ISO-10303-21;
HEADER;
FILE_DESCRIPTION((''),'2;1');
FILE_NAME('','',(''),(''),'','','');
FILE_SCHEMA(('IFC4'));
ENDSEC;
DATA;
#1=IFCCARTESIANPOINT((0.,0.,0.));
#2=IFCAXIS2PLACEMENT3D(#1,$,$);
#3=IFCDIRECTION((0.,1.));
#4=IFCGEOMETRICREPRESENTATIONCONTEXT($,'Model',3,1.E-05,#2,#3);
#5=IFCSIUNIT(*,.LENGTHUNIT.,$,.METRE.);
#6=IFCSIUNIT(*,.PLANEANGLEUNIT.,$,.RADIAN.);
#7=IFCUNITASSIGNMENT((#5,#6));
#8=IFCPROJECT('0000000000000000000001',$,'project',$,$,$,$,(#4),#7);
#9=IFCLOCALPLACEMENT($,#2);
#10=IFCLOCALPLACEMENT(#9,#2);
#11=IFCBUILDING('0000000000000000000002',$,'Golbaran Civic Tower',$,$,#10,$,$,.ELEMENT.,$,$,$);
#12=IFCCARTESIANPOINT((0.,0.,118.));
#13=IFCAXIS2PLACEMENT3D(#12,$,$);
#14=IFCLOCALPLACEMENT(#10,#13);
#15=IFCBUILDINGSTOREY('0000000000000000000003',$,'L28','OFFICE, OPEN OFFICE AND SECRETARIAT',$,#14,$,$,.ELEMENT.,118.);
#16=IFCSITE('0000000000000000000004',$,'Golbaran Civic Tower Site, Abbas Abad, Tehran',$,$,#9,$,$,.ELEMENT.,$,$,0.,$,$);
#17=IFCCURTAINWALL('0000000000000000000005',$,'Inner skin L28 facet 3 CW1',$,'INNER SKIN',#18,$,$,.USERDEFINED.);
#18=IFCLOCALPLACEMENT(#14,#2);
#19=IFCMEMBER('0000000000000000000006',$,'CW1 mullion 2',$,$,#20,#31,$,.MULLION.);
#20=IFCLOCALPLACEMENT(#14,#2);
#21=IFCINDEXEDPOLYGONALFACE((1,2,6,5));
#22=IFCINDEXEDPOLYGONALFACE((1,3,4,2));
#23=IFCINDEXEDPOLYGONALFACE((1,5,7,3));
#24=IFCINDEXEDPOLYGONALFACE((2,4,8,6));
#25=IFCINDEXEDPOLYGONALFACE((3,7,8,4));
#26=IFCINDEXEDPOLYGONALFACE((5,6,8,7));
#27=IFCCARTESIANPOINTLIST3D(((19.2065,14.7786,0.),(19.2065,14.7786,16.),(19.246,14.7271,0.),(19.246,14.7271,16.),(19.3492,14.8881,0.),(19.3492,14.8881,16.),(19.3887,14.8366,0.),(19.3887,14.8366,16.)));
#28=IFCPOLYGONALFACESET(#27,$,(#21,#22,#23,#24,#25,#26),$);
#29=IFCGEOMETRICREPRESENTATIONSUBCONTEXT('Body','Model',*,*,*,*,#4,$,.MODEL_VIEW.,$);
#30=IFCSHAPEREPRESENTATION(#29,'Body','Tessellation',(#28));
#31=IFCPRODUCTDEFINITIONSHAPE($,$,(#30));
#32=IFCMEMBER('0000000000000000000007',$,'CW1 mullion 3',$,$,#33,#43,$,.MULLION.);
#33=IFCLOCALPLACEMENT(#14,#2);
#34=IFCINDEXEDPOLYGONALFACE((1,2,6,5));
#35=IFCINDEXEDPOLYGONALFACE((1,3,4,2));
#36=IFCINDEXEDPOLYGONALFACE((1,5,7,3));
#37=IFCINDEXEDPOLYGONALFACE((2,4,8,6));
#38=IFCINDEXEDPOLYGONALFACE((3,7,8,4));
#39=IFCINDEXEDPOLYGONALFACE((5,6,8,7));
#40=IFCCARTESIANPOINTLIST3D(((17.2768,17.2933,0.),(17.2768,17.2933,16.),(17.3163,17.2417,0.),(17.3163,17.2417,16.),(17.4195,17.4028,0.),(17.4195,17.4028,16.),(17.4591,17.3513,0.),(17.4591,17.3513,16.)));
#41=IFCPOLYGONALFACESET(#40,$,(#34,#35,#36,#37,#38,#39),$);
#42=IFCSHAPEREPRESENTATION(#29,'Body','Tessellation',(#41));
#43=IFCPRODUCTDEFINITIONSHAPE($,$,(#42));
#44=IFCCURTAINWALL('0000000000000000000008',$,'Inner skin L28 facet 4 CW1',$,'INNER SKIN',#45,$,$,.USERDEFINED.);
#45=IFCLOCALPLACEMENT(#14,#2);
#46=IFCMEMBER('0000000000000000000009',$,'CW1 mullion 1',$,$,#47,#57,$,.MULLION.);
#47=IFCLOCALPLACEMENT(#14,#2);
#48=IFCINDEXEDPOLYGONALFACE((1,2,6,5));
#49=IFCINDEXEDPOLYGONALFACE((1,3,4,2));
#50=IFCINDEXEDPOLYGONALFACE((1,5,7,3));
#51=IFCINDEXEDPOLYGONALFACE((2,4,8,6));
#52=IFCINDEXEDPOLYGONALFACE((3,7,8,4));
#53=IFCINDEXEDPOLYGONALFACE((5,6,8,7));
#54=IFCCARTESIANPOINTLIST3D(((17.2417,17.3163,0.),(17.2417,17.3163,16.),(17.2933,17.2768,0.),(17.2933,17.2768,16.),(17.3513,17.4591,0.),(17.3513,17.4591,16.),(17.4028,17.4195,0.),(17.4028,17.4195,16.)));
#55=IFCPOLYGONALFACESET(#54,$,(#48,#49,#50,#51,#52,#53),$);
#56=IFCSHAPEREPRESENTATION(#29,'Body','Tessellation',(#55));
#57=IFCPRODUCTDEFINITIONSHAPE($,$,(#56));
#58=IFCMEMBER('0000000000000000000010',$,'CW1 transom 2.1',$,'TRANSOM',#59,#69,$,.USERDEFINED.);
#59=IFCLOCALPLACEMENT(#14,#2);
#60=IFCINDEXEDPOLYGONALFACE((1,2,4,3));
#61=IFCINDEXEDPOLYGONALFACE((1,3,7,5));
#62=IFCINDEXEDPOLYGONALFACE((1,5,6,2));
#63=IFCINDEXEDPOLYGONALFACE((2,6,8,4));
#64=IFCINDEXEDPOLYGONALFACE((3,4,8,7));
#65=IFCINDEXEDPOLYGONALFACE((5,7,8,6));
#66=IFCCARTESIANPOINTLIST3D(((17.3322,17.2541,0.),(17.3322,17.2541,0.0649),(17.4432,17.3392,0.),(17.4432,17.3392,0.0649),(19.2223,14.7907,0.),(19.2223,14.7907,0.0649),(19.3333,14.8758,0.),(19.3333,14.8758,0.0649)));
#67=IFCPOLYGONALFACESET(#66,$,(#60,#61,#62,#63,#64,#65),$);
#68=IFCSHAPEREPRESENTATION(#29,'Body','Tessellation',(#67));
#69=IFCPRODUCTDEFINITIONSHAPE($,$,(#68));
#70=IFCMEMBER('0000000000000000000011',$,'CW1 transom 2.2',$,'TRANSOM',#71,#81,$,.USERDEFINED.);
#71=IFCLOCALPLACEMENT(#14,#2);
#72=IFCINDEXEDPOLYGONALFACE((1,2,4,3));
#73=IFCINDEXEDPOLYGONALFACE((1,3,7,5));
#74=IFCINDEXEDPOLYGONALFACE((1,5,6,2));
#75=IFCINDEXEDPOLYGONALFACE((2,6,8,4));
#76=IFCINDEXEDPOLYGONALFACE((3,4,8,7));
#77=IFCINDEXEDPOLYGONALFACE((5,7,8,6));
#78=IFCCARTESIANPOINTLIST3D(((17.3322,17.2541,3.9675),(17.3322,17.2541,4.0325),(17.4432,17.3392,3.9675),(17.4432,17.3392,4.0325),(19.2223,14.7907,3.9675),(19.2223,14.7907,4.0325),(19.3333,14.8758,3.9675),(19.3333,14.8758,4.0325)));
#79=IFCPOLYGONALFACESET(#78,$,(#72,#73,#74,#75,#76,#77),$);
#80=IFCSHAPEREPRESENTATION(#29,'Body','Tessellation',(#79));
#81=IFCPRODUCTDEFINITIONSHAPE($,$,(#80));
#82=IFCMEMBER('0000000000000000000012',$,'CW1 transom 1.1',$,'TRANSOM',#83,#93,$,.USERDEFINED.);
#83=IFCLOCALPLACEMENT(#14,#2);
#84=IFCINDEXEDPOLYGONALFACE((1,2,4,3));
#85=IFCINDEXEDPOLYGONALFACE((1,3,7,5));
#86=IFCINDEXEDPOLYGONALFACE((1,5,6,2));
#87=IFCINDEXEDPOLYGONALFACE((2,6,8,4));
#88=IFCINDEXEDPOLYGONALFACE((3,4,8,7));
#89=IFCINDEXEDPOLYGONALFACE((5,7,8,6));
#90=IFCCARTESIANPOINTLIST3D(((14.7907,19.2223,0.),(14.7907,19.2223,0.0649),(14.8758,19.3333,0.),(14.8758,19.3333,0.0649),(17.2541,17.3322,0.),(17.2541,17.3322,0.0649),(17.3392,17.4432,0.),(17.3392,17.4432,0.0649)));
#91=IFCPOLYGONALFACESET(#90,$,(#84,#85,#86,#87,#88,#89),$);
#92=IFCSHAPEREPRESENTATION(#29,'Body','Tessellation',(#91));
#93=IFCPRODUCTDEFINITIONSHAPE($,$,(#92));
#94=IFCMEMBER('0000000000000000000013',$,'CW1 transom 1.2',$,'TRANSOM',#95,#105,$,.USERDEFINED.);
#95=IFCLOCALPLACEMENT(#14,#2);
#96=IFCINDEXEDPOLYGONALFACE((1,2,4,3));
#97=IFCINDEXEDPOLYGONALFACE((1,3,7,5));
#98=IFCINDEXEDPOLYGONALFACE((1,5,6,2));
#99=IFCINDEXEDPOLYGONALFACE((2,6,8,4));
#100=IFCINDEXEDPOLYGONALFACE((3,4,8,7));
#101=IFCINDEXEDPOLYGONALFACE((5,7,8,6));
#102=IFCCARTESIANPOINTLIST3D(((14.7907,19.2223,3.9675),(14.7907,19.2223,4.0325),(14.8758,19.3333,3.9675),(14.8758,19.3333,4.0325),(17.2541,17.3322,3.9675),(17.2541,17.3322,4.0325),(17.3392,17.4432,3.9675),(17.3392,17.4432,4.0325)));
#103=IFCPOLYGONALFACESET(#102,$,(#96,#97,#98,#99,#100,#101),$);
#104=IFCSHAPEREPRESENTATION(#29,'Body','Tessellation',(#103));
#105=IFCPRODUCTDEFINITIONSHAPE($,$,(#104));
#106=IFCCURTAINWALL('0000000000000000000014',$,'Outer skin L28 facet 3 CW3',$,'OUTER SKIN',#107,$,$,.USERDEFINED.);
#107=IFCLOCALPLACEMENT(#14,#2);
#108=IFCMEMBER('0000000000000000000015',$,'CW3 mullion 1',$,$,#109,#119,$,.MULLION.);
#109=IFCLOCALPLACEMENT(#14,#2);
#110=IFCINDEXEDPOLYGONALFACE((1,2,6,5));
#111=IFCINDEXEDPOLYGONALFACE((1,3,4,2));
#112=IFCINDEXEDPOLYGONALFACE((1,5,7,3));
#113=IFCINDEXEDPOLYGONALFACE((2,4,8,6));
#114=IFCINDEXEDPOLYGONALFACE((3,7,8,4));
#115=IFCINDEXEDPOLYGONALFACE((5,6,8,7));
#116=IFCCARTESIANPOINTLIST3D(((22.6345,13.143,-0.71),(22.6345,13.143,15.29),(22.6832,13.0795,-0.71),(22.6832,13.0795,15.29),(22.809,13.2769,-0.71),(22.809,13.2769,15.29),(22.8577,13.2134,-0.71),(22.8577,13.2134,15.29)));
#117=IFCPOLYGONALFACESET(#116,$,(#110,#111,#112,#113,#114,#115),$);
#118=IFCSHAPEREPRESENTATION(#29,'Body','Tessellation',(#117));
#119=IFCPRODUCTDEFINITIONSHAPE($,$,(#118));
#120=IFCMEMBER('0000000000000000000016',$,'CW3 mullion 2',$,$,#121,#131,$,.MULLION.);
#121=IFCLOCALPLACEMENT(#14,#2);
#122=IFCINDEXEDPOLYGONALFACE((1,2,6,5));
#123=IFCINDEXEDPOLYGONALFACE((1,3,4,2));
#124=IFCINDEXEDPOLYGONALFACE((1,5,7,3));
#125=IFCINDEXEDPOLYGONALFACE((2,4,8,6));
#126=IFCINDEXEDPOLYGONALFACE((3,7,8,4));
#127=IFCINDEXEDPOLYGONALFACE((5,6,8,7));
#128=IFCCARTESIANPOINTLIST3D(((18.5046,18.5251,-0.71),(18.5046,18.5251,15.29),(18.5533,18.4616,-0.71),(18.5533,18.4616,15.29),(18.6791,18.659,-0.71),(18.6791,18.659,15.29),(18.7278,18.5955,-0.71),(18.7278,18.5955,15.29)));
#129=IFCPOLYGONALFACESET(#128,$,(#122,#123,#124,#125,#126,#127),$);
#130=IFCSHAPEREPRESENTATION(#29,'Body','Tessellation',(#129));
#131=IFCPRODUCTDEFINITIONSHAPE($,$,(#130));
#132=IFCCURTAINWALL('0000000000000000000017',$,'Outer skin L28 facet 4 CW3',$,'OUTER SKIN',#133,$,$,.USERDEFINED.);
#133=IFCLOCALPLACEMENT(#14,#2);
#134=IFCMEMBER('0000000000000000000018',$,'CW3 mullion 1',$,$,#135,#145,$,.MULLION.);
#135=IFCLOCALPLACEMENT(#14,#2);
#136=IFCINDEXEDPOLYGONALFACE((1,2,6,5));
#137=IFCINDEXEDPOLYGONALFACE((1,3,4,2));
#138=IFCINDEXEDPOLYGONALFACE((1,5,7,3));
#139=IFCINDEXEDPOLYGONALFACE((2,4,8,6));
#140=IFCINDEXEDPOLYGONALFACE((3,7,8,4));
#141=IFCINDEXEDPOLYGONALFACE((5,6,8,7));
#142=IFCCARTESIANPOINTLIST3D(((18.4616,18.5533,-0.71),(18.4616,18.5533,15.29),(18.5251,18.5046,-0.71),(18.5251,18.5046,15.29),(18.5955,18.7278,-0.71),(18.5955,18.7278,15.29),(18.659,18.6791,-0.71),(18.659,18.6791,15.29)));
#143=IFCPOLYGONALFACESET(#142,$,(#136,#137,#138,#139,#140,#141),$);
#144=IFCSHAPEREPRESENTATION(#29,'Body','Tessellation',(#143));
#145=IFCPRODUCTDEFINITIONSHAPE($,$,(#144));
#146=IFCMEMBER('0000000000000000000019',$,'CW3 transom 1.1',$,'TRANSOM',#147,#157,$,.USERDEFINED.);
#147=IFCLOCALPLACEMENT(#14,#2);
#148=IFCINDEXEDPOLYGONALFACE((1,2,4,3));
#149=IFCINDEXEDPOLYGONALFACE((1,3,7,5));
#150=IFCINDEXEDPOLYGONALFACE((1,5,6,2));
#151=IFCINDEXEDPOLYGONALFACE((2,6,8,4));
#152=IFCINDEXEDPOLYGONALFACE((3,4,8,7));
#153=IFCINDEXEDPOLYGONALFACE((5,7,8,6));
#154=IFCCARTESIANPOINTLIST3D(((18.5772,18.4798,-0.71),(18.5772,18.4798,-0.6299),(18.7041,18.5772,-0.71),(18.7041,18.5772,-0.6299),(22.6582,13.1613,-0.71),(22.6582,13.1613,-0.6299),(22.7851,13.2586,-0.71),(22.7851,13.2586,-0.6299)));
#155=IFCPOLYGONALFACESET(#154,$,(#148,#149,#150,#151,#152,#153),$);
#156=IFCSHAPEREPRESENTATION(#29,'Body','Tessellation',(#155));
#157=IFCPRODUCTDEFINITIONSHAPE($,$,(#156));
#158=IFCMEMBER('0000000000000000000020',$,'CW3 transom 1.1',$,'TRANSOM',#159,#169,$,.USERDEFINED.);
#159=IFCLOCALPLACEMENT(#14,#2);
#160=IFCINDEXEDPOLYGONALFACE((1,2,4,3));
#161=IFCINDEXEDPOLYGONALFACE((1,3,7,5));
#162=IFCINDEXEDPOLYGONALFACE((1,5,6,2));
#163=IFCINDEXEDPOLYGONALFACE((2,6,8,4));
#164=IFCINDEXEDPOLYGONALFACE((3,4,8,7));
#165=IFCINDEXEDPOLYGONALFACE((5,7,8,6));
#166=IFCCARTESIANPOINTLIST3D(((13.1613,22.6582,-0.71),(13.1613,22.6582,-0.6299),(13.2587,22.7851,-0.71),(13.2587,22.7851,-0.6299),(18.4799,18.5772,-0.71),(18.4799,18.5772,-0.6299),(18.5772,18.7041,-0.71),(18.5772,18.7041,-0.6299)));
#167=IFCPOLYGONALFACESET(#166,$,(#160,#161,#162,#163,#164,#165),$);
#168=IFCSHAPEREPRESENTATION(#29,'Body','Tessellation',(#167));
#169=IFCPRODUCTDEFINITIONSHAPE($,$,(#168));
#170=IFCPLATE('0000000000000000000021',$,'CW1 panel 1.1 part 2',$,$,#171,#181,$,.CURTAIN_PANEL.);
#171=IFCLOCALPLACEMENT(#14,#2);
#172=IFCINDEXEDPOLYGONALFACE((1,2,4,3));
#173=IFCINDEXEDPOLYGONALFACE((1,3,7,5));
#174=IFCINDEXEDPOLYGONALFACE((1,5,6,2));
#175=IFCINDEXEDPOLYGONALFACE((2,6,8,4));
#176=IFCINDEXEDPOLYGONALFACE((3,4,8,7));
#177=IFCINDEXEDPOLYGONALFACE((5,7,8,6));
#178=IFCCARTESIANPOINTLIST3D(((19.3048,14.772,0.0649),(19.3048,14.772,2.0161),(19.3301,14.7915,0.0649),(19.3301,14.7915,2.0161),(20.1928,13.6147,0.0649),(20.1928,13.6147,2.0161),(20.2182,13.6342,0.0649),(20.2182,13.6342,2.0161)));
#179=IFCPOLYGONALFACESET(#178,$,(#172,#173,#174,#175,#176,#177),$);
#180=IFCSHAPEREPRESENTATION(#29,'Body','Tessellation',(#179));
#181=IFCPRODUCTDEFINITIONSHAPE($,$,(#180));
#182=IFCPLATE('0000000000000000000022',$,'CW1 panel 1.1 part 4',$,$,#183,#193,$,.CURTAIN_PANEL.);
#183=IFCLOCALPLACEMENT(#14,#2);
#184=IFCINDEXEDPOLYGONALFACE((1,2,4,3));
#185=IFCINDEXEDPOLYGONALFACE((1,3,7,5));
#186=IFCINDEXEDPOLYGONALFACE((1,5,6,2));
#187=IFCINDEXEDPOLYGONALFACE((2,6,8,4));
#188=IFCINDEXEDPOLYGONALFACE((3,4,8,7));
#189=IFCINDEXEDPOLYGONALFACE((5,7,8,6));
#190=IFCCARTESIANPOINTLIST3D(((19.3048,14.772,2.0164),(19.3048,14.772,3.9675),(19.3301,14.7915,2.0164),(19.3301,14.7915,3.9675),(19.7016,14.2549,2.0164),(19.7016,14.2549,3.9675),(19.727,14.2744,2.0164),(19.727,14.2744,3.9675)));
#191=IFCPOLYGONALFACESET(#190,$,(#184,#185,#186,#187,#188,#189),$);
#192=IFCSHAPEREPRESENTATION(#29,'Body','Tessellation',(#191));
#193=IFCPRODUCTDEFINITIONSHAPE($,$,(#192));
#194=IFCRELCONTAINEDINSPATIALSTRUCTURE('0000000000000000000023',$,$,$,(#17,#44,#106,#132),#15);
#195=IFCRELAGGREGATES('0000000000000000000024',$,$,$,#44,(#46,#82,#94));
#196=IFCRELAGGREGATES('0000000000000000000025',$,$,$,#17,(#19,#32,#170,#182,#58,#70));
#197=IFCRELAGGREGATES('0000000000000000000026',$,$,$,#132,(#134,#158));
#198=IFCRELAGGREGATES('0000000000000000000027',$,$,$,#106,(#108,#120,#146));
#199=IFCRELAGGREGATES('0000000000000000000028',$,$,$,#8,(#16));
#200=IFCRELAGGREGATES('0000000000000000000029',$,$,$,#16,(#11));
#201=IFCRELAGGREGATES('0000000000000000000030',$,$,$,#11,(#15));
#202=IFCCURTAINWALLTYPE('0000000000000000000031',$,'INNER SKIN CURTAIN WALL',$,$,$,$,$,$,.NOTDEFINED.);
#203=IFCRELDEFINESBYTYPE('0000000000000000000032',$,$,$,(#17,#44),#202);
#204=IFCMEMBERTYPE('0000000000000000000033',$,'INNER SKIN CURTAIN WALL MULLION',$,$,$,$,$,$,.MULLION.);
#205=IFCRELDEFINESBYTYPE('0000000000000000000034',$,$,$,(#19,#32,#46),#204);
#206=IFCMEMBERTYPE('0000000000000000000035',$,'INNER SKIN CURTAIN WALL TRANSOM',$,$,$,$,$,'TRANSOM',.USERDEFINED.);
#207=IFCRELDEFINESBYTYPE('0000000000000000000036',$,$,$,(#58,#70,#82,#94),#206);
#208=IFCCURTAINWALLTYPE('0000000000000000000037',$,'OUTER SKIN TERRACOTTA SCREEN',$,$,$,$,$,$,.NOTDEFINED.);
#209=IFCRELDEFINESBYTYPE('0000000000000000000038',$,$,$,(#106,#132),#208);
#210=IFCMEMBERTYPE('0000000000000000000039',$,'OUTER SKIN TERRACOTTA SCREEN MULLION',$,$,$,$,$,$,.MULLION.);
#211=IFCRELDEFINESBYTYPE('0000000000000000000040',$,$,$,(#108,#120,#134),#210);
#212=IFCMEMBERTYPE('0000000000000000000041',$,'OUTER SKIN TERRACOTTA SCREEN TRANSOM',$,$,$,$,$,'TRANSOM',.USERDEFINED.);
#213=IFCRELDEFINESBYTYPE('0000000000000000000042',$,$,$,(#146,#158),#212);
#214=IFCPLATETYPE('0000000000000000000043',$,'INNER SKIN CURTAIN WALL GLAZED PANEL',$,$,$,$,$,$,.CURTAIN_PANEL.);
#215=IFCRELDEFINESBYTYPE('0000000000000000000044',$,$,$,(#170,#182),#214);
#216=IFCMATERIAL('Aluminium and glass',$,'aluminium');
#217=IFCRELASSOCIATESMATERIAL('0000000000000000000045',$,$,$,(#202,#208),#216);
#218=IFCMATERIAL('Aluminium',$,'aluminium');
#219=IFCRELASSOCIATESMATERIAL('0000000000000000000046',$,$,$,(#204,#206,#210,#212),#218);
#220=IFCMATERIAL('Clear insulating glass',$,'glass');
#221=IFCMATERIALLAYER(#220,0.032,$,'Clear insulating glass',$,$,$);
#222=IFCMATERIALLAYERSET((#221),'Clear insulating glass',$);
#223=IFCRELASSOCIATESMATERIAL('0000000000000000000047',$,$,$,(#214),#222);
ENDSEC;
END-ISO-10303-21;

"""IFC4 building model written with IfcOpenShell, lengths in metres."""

from ifc_helpers import new_model, si_unit, direction, frame, origin, origin_2d, place, context, subcontext, project, spatial, rectangle, extrude, material, layer, layer_set, material_profile, profile_set, type_object, element, aggregate, save


model = new_model("IFC4")

# Units and contexts
model_context = context("Model", 3, precision=1e-05, world=origin(), true_north=direction((0.0, 1.0)))
body_context = subcontext(model_context, "Body", "Model", "MODEL_VIEW")
ifc_project = project(units=[si_unit("LENGTHUNIT", "METRE"), si_unit("PLANEANGLEUNIT", "RADIAN")], contexts=[model_context])

# Site, building, storey
site_placement = place(None, origin())
site = spatial("IfcSite", under=ifc_project, at=site_placement, Name="Golbaran Civic Tower Site, Abbas Abad, Tehran", CompositionType="ELEMENT", RefElevation=0.0)
building_placement = place(site_placement, origin())
building = spatial("IfcBuilding", under=site, at=building_placement, Name="Golbaran Civic Tower", CompositionType="ELEMENT")
storey_placement = place(building_placement, frame((0.0, 0.0, 118.0)))
storey = spatial("IfcBuildingStorey", under=building, at=storey_placement, Name="L28", Description="OFFICE, OPEN OFFICE AND SECRETARIAT", CompositionType="ELEMENT", Elevation=118.0)

# Curtain wall, members
ifc_material_1 = material(Name="Aluminium and glass", Category="aluminium")
curtain_wall_type_1 = type_object("IfcCurtainWallType", Name="INNER SKIN CURTAIN WALL", PredefinedType="NOTDEFINED", material=ifc_material_1)
curtain_wall_1_placement = place(storey_placement, origin())
curtain_wall_1 = element("IfcCurtainWall", 1, at=curtain_wall_1_placement, inside=storey, type_object=curtain_wall_type_1, Name="Inner skin L28 facet 3 CW1", ObjectType="INNER SKIN", PredefinedType="USERDEFINED")
ifc_material_2 = material(Name="Aluminium", Category="aluminium")
ifc_material_profile_1 = material_profile(ifc_material_2, rectangle(XDim=0.1799, YDim=0.0649, at=origin_2d()), Name="INNER SKIN CURTAIN WALL MULLION")
ifc_profile_set_1 = profile_set([ifc_material_profile_1], Name="Aluminium")
member_type_1 = type_object("IfcMemberType", Name="INNER SKIN CURTAIN WALL MULLION", PredefinedType="MULLION", material=ifc_profile_set_1)
member_1_placement = place(storey_placement, frame((19.2976, 14.8076, 0.0), z_axis=(0.0, 0.0, 1.0), x_axis=(-0.793353, -0.608761, 0.0)))
member_1 = element("IfcMember", 2, at=member_1_placement, type_object=member_type_1, Name="CW1 mullion 2", PredefinedType="MULLION", context=body_context, shape_type="SweptSolid", body=[
    extrude(rectangle(XDim=0.1799, YDim=0.0649, at=origin_2d()), origin(), (0.0, 0.0, 1.0), 16.0),
])
member_2_placement = place(storey_placement, frame((17.3679, 17.3223, 0.0), z_axis=(0.0, 0.0, 1.0), x_axis=(-0.793353, -0.608761, 0.0)))
member_2 = element("IfcMember", 3, at=member_2_placement, type_object=member_type_1, Name="CW1 mullion 3", PredefinedType="MULLION", context=body_context, shape_type="SweptSolid", body=[
    extrude(rectangle(XDim=0.1799, YDim=0.0649, at=origin_2d()), origin(), (0.0, 0.0, 1.0), 16.0),
])

# Curtain wall, member
curtain_wall_2_placement = place(storey_placement, origin())
curtain_wall_2 = element("IfcCurtainWall", 4, at=curtain_wall_2_placement, inside=storey, type_object=curtain_wall_type_1, Name="Inner skin L28 facet 4 CW1", ObjectType="INNER SKIN", PredefinedType="USERDEFINED")
member_3_placement = place(storey_placement, frame((17.3223, 17.3679, 0.0), z_axis=(0.0, 0.0, 1.0), x_axis=(-0.608761, -0.793353, 0.0)))
member_3 = element("IfcMember", 5, at=member_3_placement, type_object=member_type_1, Name="CW1 mullion 1", PredefinedType="MULLION", context=body_context, shape_type="SweptSolid", body=[
    extrude(rectangle(XDim=0.1799, YDim=0.0649, at=origin_2d()), origin(), (0.0, 0.0, 1.0), 16.0),
])

# Members
ifc_material_profile_2 = material_profile(ifc_material_2, rectangle(XDim=0.1399, YDim=0.0649, at=origin_2d()), Name="INNER SKIN CURTAIN WALL TRANSOM")
ifc_profile_set_2 = profile_set([ifc_material_profile_2], Name="Aluminium")
member_type_2 = type_object("IfcMemberType", Name="INNER SKIN CURTAIN WALL TRANSOM", ElementType="TRANSOM", PredefinedType="USERDEFINED", material=ifc_profile_set_2)
member_4_placement = place(storey_placement, frame((19.2778, 14.8333, 0.0325), z_axis=(-0.608745, 0.793366, 0.0), x_axis=(-0.793366, -0.608745, 0.0)))
member_4 = element("IfcMember", 6, at=member_4_placement, type_object=member_type_2, Name="CW1 transom 2.1", ObjectType="TRANSOM", PredefinedType="USERDEFINED", context=body_context, shape_type="SweptSolid", body=[
    extrude(rectangle(XDim=0.1399, YDim=0.0649, at=origin_2d()), origin(), (0.0, 0.0, 1.0), 3.105),
])
member_5_placement = place(storey_placement, frame((19.2778, 14.8333, 4.0), z_axis=(-0.608745, 0.793366, 0.0), x_axis=(-0.793366, -0.608745, 0.0)))
member_5 = element("IfcMember", 7, at=member_5_placement, type_object=member_type_2, Name="CW1 transom 2.2", ObjectType="TRANSOM", PredefinedType="USERDEFINED", context=body_context, shape_type="SweptSolid", body=[
    extrude(rectangle(XDim=0.1399, YDim=0.0649, at=origin_2d()), origin(), (0.0, 0.0, 1.0), 3.105),
])
member_6_placement = place(storey_placement, frame((17.2966, 17.3877, 0.0325), z_axis=(-0.793366, 0.608745, 0.0), x_axis=(-0.608745, -0.793366, 0.0)))
member_6 = element("IfcMember", 8, at=member_6_placement, type_object=member_type_2, Name="CW1 transom 1.1", ObjectType="TRANSOM", PredefinedType="USERDEFINED", context=body_context, shape_type="SweptSolid", body=[
    extrude(rectangle(XDim=0.1399, YDim=0.0649, at=origin_2d()), origin(), (0.0, 0.0, 1.0), 3.105),
])
member_7_placement = place(storey_placement, frame((17.2966, 17.3877, 4.0), z_axis=(-0.793366, 0.608745, 0.0), x_axis=(-0.608745, -0.793366, 0.0)))
member_7 = element("IfcMember", 9, at=member_7_placement, type_object=member_type_2, Name="CW1 transom 1.2", ObjectType="TRANSOM", PredefinedType="USERDEFINED", context=body_context, shape_type="SweptSolid", body=[
    extrude(rectangle(XDim=0.1399, YDim=0.0649, at=origin_2d()), origin(), (0.0, 0.0, 1.0), 3.105),
])
aggregate(curtain_wall_2, [member_3, member_6, member_7])

# Curtain wall, members
curtain_wall_type_2 = type_object("IfcCurtainWallType", Name="OUTER SKIN TERRACOTTA SCREEN", PredefinedType="NOTDEFINED", material=ifc_material_1)
curtain_wall_3_placement = place(storey_placement, origin())
curtain_wall_3 = element("IfcCurtainWall", 10, at=curtain_wall_3_placement, inside=storey, type_object=curtain_wall_type_2, Name="Outer skin L28 facet 3 CW3", ObjectType="OUTER SKIN", PredefinedType="USERDEFINED")
ifc_material_profile_3 = material_profile(ifc_material_2, rectangle(XDim=0.22, YDim=0.0801, at=origin_2d()), Name="OUTER SKIN TERRACOTTA SCREEN MULLION")
ifc_profile_set_3 = profile_set([ifc_material_profile_3], Name="Aluminium")
member_type_3 = type_object("IfcMemberType", Name="OUTER SKIN TERRACOTTA SCREEN MULLION", PredefinedType="MULLION", material=ifc_profile_set_3)
member_8_placement = place(storey_placement, frame((22.7461, 13.1782, -0.71), z_axis=(0.0, 0.0, 1.0), x_axis=(-0.793353, -0.608761, 0.0)))
member_8 = element("IfcMember", 11, at=member_8_placement, type_object=member_type_3, Name="CW3 mullion 1", PredefinedType="MULLION", context=body_context, shape_type="SweptSolid", body=[
    extrude(rectangle(XDim=0.22, YDim=0.0801, at=origin_2d()), origin(), (0.0, 0.0, 1.0), 16.0),
])
member_9_placement = place(storey_placement, frame((18.6162, 18.5603, -0.71), z_axis=(0.0, 0.0, 1.0), x_axis=(-0.793353, -0.608761, 0.0)))
member_9 = element("IfcMember", 12, at=member_9_placement, type_object=member_type_3, Name="CW3 mullion 2", PredefinedType="MULLION", context=body_context, shape_type="SweptSolid", body=[
    extrude(rectangle(XDim=0.22, YDim=0.0801, at=origin_2d()), origin(), (0.0, 0.0, 1.0), 16.0),
])

# Curtain wall, member
curtain_wall_4_placement = place(storey_placement, origin())
curtain_wall_4 = element("IfcCurtainWall", 13, at=curtain_wall_4_placement, inside=storey, type_object=curtain_wall_type_2, Name="Outer skin L28 facet 4 CW3", ObjectType="OUTER SKIN", PredefinedType="USERDEFINED")
member_10_placement = place(storey_placement, frame((18.5603, 18.6162, -0.71), z_axis=(0.0, 0.0, 1.0), x_axis=(-0.608761, -0.793353, 0.0)))
member_10 = element("IfcMember", 14, at=member_10_placement, type_object=member_type_3, Name="CW3 mullion 1", PredefinedType="MULLION", context=body_context, shape_type="SweptSolid", body=[
    extrude(rectangle(XDim=0.22, YDim=0.0801, at=origin_2d()), origin(), (0.0, 0.0, 1.0), 16.0),
])

# Members
ifc_material_profile_4 = material_profile(ifc_material_2, rectangle(XDim=0.1599, YDim=0.0801, at=origin_2d()), Name="OUTER SKIN TERRACOTTA SCREEN TRANSOM")
ifc_profile_set_4 = profile_set([ifc_material_profile_4], Name="Aluminium")
member_type_4 = type_object("IfcMemberType", Name="OUTER SKIN TERRACOTTA SCREEN TRANSOM", ElementType="TRANSOM", PredefinedType="USERDEFINED", material=ifc_profile_set_4)
member_11_placement = place(storey_placement, frame((22.7217, 13.21, -0.6699), z_axis=(-0.608756, 0.793357, 0.0), x_axis=(-0.793357, -0.608756, 0.0)))
member_11 = element("IfcMember", 15, at=member_11_placement, type_object=member_type_4, Name="CW3 transom 1.1", ObjectType="TRANSOM", PredefinedType="USERDEFINED", context=body_context, shape_type="SweptSolid", body=[
    extrude(rectangle(XDim=0.1599, YDim=0.0801, at=origin_2d()), origin(), (0.0, 0.0, 1.0), 6.7039),
])
member_12_placement = place(storey_placement, frame((18.5286, 18.6406, -0.6699), z_axis=(-0.793357, 0.608756, 0.0), x_axis=(-0.608756, -0.793357, 0.0)))
member_12 = element("IfcMember", 16, at=member_12_placement, type_object=member_type_4, Name="CW3 transom 1.1", ObjectType="TRANSOM", PredefinedType="USERDEFINED", context=body_context, shape_type="SweptSolid", body=[
    extrude(rectangle(XDim=0.1599, YDim=0.0801, at=origin_2d()), origin(), (0.0, 0.0, 1.0), 6.7039),
])

# Plates
ifc_material_3 = material(Name="Clear insulating glass", Category="glass")
ifc_layer_1 = layer(ifc_material_3, 0.032, Name="Clear insulating glass")
ifc_layer_set_1 = layer_set([ifc_layer_1], Name="Clear insulating glass")
plate_type_1 = type_object("IfcPlateType", Name="INNER SKIN CURTAIN WALL GLAZED PANEL", PredefinedType="CURTAIN_PANEL", material=ifc_layer_set_1)
plate_1_placement = place(storey_placement, frame((19.7615, 14.2031, 0.0649), z_axis=(0.0, 0.0, 1.0), x_axis=(-0.608761, 0.793353, 0.0)))
plate_1 = element("IfcPlate", 17, at=plate_1_placement, type_object=plate_type_1, Name="CW1 panel 1.1 part 2", PredefinedType="CURTAIN_PANEL", context=body_context, shape_type="SweptSolid", body=[
    extrude(rectangle(XDim=1.4587, YDim=0.032, at=origin_2d()), origin(), (0.0, 0.0, 1.0), 1.9512),
])
plate_2_placement = place(storey_placement, frame((19.5159, 14.5232, 2.0164), z_axis=(0.0, 0.0, 1.0), x_axis=(-0.608761, 0.793353, 0.0)))
plate_2 = element("IfcPlate", 18, at=plate_2_placement, type_object=plate_type_1, Name="CW1 panel 1.1 part 4", PredefinedType="CURTAIN_PANEL", context=body_context, shape_type="SweptSolid", body=[
    extrude(rectangle(XDim=0.6519, YDim=0.032, at=origin_2d()), origin(), (0.0, 0.0, 1.0), 1.9512),
])
aggregate(curtain_wall_1, [member_1, member_2, plate_1, plate_2, member_4, member_5])
aggregate(curtain_wall_4, [member_10, member_12])
aggregate(curtain_wall_3, [member_8, member_9, member_11])

save(model, "model.ifc")
